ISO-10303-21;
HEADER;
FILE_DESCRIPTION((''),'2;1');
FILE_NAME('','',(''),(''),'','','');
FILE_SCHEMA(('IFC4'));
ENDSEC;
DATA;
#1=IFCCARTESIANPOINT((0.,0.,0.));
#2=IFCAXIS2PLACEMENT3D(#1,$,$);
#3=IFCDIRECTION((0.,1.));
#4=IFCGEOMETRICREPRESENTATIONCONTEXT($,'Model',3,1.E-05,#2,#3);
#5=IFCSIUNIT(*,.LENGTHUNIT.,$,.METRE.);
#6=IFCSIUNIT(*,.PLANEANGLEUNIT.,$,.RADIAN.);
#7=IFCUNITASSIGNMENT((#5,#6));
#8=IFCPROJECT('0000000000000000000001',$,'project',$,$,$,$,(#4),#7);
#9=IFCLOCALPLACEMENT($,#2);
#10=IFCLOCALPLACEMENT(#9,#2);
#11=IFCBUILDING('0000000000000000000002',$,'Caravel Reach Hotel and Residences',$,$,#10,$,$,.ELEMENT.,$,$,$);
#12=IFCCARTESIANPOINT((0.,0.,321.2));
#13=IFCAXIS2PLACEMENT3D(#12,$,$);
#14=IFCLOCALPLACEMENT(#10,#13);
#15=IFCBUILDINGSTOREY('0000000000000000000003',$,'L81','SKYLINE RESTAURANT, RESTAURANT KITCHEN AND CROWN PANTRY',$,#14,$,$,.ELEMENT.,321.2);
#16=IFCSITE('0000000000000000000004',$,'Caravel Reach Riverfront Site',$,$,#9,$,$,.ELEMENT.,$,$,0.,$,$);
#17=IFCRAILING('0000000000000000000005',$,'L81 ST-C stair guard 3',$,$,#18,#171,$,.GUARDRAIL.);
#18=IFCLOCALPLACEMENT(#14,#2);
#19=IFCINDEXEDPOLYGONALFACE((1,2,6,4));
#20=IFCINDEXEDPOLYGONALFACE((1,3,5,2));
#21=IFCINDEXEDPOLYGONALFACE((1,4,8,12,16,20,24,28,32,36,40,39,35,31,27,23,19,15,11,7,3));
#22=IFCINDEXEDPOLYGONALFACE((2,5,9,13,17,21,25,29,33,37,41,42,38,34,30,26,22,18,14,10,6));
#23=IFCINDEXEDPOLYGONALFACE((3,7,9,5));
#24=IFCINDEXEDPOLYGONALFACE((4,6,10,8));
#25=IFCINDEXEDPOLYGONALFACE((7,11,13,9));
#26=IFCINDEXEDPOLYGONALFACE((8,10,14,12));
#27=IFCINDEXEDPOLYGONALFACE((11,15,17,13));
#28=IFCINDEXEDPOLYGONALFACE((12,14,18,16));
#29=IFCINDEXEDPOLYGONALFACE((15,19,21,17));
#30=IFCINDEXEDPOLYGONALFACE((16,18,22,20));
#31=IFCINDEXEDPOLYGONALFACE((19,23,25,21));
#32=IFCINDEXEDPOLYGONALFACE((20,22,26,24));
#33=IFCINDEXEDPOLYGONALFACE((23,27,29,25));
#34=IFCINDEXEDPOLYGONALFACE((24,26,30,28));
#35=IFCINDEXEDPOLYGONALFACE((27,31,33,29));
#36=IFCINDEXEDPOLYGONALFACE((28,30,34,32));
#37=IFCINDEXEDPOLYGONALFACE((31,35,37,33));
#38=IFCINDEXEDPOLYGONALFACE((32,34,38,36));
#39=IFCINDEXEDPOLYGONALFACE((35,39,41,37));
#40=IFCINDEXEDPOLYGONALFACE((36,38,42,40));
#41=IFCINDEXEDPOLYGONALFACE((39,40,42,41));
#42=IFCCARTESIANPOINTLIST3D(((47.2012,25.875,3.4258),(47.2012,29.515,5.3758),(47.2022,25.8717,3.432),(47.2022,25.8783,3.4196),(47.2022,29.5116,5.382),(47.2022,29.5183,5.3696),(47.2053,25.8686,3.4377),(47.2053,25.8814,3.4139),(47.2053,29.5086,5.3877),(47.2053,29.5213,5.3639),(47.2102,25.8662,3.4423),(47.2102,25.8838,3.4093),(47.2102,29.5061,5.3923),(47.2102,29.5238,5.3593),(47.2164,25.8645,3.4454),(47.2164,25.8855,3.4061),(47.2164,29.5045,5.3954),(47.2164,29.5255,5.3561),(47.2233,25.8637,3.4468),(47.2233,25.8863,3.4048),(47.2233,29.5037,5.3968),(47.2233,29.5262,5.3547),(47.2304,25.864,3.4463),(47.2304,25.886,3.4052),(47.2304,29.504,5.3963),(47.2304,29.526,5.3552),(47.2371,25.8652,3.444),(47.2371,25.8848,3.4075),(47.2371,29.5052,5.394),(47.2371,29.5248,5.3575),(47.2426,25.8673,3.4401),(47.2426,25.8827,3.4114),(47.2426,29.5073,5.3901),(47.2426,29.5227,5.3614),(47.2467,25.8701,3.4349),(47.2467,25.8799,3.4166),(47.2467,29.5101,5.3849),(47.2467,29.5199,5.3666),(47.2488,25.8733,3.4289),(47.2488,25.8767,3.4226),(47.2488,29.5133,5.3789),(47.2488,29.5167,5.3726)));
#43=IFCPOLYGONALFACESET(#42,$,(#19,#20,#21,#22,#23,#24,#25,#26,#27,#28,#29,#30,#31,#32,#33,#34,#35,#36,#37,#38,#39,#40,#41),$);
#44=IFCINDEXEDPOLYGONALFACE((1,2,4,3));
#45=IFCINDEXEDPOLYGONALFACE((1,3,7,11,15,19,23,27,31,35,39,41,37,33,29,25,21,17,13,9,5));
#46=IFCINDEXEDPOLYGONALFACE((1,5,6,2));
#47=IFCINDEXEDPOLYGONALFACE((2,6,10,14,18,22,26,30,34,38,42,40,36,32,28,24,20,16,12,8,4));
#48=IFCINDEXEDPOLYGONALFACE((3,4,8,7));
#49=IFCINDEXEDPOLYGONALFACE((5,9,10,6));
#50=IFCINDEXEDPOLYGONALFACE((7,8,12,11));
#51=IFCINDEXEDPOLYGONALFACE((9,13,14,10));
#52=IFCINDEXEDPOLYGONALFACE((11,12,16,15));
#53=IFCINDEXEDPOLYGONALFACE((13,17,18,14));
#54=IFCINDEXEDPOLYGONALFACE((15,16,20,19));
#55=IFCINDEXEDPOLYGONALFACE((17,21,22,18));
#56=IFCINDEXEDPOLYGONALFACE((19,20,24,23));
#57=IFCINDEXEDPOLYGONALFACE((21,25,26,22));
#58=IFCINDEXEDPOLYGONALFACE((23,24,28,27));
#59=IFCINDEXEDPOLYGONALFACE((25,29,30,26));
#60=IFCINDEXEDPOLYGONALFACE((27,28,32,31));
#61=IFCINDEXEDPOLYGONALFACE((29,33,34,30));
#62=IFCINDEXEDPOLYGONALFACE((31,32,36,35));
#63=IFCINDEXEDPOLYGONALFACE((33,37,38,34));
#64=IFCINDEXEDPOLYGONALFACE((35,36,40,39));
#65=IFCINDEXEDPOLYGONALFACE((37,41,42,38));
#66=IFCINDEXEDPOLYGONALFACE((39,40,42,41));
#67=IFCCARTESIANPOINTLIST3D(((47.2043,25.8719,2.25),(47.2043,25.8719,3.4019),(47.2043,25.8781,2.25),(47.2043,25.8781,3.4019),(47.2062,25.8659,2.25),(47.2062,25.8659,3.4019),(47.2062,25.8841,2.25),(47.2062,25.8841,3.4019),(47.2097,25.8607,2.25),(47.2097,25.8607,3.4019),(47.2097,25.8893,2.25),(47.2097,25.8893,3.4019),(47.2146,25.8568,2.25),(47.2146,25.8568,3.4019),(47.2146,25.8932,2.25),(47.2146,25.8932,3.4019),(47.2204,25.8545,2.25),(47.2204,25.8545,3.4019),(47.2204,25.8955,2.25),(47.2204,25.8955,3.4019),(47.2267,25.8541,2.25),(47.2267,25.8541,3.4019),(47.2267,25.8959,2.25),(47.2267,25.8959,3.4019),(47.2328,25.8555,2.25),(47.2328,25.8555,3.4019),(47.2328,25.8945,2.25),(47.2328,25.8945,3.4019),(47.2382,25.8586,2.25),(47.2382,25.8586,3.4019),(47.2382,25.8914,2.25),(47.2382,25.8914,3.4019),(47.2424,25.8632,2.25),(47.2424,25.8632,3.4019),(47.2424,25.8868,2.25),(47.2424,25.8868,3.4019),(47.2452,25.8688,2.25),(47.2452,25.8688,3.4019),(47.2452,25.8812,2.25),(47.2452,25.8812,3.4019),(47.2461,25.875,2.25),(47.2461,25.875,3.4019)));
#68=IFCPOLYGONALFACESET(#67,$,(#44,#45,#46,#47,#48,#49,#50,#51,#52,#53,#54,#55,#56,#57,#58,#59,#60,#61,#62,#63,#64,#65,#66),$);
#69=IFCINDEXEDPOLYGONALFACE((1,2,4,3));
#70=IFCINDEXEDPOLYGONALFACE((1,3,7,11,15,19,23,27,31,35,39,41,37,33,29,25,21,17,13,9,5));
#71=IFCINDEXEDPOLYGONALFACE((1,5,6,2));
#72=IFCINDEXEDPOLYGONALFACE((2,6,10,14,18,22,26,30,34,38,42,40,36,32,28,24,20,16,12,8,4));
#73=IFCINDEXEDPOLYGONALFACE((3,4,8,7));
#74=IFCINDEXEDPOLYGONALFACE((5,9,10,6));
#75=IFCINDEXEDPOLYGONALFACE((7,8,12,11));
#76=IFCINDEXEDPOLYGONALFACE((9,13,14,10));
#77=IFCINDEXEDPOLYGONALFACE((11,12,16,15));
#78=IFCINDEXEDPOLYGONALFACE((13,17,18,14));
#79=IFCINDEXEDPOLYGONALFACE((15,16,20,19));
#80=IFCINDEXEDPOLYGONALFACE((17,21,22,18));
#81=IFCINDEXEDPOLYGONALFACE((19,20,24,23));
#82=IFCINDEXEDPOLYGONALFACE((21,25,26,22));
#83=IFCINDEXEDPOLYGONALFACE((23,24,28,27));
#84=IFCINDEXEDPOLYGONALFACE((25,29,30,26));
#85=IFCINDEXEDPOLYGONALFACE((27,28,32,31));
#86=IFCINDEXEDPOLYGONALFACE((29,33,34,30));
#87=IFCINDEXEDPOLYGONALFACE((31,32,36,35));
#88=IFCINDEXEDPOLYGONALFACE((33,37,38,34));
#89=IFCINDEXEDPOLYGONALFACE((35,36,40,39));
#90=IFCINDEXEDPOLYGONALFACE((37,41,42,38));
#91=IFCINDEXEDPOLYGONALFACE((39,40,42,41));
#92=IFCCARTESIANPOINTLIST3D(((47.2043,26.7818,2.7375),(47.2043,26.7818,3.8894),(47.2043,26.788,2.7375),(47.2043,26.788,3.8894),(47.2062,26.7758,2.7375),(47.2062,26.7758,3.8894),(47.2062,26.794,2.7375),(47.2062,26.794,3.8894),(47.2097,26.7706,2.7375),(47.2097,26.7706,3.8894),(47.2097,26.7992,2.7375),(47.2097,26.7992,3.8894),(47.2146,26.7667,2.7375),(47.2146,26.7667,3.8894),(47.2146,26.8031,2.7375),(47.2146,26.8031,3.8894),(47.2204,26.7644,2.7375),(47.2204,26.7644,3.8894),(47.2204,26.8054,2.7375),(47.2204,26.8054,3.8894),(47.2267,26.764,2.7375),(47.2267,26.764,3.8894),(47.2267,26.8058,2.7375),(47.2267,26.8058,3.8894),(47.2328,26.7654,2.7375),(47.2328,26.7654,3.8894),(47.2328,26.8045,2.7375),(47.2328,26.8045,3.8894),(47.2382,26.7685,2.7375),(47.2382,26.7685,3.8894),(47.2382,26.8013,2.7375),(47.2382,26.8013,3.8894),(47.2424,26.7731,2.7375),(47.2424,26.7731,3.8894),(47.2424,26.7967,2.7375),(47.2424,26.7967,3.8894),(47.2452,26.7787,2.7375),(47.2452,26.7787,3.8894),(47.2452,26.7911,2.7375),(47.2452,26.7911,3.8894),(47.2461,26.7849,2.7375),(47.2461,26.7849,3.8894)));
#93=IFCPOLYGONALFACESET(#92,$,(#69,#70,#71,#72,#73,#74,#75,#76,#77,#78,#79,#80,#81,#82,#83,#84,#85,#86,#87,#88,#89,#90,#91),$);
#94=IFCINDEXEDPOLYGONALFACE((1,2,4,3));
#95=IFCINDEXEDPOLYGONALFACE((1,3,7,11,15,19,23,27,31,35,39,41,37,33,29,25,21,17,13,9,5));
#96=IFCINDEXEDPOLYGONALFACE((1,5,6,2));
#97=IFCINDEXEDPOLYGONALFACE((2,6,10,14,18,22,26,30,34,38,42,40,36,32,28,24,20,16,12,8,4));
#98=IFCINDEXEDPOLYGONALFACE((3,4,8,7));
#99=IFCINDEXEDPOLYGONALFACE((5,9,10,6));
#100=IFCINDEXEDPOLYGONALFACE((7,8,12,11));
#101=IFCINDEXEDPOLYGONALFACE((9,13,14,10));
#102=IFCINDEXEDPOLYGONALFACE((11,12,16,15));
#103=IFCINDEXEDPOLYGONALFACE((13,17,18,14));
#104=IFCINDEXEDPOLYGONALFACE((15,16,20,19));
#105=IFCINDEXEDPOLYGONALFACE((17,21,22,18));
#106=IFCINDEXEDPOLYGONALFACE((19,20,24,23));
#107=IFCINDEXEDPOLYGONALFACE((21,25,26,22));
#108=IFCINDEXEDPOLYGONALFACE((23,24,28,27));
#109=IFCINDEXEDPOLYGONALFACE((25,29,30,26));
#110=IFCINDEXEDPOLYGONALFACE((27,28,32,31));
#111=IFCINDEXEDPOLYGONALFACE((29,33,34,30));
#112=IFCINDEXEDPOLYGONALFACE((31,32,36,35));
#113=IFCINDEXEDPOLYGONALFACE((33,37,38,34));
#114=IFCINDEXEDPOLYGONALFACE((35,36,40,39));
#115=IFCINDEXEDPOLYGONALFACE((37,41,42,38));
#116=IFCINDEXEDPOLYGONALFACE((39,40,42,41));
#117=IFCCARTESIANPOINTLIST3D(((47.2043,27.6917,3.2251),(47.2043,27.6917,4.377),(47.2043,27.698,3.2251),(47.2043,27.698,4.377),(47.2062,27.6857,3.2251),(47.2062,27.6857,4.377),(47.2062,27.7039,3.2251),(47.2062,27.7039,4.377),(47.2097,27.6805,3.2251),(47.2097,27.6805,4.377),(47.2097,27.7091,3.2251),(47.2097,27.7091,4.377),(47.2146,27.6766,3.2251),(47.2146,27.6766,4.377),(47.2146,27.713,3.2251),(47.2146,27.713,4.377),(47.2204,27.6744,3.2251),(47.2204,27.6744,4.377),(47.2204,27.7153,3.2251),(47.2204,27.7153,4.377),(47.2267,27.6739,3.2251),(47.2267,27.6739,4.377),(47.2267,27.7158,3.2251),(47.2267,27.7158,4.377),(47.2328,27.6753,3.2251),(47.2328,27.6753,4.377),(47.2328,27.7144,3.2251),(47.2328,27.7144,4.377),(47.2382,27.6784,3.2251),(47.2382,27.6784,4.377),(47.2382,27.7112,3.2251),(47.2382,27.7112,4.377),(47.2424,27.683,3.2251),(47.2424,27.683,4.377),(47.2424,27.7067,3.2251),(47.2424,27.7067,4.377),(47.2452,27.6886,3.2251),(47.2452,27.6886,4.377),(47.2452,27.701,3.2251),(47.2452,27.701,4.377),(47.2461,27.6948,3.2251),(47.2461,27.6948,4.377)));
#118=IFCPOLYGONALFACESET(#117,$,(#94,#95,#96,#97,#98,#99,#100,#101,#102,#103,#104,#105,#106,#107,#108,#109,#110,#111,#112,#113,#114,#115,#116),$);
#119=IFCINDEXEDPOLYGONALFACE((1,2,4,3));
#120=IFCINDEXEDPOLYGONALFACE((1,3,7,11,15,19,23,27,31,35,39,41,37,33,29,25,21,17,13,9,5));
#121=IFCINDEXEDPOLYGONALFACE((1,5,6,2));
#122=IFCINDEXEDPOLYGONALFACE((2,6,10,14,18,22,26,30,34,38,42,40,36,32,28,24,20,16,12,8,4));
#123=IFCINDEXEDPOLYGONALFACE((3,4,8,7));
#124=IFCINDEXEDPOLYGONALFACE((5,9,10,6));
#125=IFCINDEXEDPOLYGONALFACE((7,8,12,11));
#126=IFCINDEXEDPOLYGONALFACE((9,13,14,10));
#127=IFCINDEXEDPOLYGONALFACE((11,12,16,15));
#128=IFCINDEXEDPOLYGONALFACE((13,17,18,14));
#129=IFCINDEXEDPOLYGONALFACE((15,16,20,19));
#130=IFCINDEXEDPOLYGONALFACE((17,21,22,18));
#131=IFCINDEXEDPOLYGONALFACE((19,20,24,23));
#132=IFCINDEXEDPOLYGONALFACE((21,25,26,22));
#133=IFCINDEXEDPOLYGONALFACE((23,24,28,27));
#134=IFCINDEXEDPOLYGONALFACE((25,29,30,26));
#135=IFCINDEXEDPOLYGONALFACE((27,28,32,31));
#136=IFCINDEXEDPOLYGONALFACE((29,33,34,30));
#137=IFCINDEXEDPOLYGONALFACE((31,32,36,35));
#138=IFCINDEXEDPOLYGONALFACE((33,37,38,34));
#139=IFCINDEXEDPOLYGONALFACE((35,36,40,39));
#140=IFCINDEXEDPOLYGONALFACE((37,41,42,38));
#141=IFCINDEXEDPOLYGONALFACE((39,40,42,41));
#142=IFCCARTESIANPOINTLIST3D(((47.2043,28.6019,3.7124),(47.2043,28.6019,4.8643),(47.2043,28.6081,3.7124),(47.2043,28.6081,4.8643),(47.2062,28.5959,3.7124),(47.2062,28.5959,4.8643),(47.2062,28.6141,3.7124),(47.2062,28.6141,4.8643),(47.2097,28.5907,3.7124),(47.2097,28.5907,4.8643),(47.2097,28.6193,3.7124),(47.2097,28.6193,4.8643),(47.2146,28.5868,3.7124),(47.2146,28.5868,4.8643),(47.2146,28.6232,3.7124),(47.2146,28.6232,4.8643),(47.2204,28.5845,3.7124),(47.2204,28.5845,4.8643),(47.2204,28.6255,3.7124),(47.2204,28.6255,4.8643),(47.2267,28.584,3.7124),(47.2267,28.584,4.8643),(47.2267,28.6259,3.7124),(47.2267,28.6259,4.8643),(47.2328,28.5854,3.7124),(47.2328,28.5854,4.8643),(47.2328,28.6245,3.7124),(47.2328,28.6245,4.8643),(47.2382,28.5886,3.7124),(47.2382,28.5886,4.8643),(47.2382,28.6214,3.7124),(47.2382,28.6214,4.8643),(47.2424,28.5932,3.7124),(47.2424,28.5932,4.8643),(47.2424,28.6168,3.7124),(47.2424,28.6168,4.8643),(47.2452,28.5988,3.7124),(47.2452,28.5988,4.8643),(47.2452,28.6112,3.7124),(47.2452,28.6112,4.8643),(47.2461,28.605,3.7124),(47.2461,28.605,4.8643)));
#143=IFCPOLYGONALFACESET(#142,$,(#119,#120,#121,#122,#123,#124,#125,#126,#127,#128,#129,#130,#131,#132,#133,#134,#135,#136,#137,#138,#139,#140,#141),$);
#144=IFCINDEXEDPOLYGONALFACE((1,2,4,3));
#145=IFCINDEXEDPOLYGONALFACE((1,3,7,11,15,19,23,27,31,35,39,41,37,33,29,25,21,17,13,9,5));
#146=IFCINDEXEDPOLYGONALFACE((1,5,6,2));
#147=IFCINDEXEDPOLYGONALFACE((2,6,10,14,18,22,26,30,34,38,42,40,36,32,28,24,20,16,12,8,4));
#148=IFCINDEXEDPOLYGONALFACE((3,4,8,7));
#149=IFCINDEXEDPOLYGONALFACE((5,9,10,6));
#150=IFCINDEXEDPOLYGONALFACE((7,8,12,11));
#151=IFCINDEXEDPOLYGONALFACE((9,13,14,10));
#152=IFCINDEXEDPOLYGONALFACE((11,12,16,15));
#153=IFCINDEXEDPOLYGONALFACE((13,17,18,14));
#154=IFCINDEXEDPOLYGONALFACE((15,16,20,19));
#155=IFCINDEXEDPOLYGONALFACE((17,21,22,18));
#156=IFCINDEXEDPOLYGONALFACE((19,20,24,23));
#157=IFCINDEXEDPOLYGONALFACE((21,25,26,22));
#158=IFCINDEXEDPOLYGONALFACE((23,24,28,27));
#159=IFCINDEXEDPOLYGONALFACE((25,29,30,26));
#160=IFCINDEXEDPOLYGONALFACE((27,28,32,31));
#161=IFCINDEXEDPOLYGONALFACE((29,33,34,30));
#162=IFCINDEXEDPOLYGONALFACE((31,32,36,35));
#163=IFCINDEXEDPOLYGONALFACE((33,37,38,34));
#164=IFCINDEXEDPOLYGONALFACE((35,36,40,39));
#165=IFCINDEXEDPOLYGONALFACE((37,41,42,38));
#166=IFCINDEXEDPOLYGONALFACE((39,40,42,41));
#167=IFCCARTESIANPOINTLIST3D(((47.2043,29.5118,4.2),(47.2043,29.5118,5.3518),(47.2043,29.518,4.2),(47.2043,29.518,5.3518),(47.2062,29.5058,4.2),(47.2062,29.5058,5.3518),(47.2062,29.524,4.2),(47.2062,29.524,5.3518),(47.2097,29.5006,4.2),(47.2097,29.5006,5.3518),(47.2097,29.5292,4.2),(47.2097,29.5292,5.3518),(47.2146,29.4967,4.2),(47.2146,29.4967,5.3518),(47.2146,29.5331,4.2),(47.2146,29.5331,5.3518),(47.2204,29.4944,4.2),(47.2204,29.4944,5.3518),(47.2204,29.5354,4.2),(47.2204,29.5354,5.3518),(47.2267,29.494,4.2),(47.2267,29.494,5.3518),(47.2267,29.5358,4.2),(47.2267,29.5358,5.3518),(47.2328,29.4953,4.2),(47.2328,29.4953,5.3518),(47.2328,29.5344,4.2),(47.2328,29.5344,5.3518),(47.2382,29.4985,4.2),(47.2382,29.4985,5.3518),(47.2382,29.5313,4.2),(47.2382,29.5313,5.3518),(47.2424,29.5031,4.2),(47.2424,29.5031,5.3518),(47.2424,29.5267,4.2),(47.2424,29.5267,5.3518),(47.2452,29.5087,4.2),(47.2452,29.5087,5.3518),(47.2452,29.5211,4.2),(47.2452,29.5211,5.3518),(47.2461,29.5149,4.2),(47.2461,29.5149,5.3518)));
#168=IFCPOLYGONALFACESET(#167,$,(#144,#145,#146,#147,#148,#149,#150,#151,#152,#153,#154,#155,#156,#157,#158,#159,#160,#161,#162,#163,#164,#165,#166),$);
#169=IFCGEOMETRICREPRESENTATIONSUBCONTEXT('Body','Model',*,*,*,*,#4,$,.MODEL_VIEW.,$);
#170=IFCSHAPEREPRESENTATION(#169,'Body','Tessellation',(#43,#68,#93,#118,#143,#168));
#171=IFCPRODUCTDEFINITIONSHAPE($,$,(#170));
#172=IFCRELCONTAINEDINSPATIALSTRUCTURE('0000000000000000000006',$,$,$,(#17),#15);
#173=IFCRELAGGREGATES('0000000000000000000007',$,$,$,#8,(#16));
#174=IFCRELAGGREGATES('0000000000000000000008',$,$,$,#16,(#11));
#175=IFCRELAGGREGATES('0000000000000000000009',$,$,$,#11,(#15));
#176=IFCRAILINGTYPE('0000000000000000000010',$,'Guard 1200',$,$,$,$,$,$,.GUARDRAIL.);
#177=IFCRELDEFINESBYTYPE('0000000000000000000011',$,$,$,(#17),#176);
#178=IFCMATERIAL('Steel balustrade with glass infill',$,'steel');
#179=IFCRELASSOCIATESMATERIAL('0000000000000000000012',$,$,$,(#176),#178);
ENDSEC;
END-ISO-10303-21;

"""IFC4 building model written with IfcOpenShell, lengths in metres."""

from ifc_helpers import new_model, si_unit, direction, frame, origin, origin_2d, place, context, subcontext, project, spatial, circle, extrude, material, type_object, element, save


model = new_model("IFC4")

# Units and contexts
model_context = context("Model", 3, precision=1e-05, world=origin(), true_north=direction((0.0, 1.0)))
body_context = subcontext(model_context, "Body", "Model", "MODEL_VIEW")
ifc_project = project(units=[si_unit("LENGTHUNIT", "METRE"), si_unit("PLANEANGLEUNIT", "RADIAN")], contexts=[model_context])

# Site, building, storey
site_placement = place(None, origin())
site = spatial("IfcSite", under=ifc_project, at=site_placement, Name="Caravel Reach Riverfront Site", CompositionType="ELEMENT", RefElevation=0.0)
building_placement = place(site_placement, origin())
building = spatial("IfcBuilding", under=site, at=building_placement, Name="Caravel Reach Hotel and Residences", CompositionType="ELEMENT")
storey_placement = place(building_placement, frame((0.0, 0.0, 321.2)))
storey = spatial("IfcBuildingStorey", under=building, at=storey_placement, Name="L81", Description="SKYLINE RESTAURANT, RESTAURANT KITCHEN AND CROWN PANTRY", CompositionType="ELEMENT", Elevation=321.2)

# Railing
ifc_material_1 = material(Name="Steel balustrade with glass infill", Category="steel")
railing_type_1 = type_object("IfcRailingType", Name="Guard 1200", PredefinedType="GUARDRAIL", material=ifc_material_1)
railing_1_placement = place(storey_placement, frame((47.2251, 25.875, 2.25)))
element("IfcRailing", 1, at=railing_1_placement, inside=storey, type_object=railing_type_1, Name="L81 ST-C stair guard 3", PredefinedType="GUARDRAIL", context=body_context, shape_type="SweptSolid", body=[
    extrude(circle(Radius=0.0239, at=origin_2d()), frame((0.0, 0.0, 1.1758), z_axis=(0.0, 0.881479, 0.472223), x_axis=(-1.0, 0.0, 0.0)), (0.0, 0.0, 1.0), 4.1294),
    extrude(circle(Radius=0.021, at=origin_2d()), origin(), (0.0, 0.0, 1.0), 1.1519),
    extrude(circle(Radius=0.021, at=origin_2d()), frame((0.0, 0.9099, 0.4875)), (0.0, 0.0, 1.0), 1.1519),
    extrude(circle(Radius=0.021, at=origin_2d()), frame((0.0, 1.8198, 0.9751)), (0.0, 0.0, 1.0), 1.1519),
    extrude(circle(Radius=0.021, at=origin_2d()), frame((0.0, 2.73, 1.4624)), (0.0, 0.0, 1.0), 1.1519),
    extrude(circle(Radius=0.021, at=origin_2d()), frame((0.0, 3.6399, 1.95)), (0.0, 0.0, 1.0), 1.1519),
])

save(model, "model.ifc")
